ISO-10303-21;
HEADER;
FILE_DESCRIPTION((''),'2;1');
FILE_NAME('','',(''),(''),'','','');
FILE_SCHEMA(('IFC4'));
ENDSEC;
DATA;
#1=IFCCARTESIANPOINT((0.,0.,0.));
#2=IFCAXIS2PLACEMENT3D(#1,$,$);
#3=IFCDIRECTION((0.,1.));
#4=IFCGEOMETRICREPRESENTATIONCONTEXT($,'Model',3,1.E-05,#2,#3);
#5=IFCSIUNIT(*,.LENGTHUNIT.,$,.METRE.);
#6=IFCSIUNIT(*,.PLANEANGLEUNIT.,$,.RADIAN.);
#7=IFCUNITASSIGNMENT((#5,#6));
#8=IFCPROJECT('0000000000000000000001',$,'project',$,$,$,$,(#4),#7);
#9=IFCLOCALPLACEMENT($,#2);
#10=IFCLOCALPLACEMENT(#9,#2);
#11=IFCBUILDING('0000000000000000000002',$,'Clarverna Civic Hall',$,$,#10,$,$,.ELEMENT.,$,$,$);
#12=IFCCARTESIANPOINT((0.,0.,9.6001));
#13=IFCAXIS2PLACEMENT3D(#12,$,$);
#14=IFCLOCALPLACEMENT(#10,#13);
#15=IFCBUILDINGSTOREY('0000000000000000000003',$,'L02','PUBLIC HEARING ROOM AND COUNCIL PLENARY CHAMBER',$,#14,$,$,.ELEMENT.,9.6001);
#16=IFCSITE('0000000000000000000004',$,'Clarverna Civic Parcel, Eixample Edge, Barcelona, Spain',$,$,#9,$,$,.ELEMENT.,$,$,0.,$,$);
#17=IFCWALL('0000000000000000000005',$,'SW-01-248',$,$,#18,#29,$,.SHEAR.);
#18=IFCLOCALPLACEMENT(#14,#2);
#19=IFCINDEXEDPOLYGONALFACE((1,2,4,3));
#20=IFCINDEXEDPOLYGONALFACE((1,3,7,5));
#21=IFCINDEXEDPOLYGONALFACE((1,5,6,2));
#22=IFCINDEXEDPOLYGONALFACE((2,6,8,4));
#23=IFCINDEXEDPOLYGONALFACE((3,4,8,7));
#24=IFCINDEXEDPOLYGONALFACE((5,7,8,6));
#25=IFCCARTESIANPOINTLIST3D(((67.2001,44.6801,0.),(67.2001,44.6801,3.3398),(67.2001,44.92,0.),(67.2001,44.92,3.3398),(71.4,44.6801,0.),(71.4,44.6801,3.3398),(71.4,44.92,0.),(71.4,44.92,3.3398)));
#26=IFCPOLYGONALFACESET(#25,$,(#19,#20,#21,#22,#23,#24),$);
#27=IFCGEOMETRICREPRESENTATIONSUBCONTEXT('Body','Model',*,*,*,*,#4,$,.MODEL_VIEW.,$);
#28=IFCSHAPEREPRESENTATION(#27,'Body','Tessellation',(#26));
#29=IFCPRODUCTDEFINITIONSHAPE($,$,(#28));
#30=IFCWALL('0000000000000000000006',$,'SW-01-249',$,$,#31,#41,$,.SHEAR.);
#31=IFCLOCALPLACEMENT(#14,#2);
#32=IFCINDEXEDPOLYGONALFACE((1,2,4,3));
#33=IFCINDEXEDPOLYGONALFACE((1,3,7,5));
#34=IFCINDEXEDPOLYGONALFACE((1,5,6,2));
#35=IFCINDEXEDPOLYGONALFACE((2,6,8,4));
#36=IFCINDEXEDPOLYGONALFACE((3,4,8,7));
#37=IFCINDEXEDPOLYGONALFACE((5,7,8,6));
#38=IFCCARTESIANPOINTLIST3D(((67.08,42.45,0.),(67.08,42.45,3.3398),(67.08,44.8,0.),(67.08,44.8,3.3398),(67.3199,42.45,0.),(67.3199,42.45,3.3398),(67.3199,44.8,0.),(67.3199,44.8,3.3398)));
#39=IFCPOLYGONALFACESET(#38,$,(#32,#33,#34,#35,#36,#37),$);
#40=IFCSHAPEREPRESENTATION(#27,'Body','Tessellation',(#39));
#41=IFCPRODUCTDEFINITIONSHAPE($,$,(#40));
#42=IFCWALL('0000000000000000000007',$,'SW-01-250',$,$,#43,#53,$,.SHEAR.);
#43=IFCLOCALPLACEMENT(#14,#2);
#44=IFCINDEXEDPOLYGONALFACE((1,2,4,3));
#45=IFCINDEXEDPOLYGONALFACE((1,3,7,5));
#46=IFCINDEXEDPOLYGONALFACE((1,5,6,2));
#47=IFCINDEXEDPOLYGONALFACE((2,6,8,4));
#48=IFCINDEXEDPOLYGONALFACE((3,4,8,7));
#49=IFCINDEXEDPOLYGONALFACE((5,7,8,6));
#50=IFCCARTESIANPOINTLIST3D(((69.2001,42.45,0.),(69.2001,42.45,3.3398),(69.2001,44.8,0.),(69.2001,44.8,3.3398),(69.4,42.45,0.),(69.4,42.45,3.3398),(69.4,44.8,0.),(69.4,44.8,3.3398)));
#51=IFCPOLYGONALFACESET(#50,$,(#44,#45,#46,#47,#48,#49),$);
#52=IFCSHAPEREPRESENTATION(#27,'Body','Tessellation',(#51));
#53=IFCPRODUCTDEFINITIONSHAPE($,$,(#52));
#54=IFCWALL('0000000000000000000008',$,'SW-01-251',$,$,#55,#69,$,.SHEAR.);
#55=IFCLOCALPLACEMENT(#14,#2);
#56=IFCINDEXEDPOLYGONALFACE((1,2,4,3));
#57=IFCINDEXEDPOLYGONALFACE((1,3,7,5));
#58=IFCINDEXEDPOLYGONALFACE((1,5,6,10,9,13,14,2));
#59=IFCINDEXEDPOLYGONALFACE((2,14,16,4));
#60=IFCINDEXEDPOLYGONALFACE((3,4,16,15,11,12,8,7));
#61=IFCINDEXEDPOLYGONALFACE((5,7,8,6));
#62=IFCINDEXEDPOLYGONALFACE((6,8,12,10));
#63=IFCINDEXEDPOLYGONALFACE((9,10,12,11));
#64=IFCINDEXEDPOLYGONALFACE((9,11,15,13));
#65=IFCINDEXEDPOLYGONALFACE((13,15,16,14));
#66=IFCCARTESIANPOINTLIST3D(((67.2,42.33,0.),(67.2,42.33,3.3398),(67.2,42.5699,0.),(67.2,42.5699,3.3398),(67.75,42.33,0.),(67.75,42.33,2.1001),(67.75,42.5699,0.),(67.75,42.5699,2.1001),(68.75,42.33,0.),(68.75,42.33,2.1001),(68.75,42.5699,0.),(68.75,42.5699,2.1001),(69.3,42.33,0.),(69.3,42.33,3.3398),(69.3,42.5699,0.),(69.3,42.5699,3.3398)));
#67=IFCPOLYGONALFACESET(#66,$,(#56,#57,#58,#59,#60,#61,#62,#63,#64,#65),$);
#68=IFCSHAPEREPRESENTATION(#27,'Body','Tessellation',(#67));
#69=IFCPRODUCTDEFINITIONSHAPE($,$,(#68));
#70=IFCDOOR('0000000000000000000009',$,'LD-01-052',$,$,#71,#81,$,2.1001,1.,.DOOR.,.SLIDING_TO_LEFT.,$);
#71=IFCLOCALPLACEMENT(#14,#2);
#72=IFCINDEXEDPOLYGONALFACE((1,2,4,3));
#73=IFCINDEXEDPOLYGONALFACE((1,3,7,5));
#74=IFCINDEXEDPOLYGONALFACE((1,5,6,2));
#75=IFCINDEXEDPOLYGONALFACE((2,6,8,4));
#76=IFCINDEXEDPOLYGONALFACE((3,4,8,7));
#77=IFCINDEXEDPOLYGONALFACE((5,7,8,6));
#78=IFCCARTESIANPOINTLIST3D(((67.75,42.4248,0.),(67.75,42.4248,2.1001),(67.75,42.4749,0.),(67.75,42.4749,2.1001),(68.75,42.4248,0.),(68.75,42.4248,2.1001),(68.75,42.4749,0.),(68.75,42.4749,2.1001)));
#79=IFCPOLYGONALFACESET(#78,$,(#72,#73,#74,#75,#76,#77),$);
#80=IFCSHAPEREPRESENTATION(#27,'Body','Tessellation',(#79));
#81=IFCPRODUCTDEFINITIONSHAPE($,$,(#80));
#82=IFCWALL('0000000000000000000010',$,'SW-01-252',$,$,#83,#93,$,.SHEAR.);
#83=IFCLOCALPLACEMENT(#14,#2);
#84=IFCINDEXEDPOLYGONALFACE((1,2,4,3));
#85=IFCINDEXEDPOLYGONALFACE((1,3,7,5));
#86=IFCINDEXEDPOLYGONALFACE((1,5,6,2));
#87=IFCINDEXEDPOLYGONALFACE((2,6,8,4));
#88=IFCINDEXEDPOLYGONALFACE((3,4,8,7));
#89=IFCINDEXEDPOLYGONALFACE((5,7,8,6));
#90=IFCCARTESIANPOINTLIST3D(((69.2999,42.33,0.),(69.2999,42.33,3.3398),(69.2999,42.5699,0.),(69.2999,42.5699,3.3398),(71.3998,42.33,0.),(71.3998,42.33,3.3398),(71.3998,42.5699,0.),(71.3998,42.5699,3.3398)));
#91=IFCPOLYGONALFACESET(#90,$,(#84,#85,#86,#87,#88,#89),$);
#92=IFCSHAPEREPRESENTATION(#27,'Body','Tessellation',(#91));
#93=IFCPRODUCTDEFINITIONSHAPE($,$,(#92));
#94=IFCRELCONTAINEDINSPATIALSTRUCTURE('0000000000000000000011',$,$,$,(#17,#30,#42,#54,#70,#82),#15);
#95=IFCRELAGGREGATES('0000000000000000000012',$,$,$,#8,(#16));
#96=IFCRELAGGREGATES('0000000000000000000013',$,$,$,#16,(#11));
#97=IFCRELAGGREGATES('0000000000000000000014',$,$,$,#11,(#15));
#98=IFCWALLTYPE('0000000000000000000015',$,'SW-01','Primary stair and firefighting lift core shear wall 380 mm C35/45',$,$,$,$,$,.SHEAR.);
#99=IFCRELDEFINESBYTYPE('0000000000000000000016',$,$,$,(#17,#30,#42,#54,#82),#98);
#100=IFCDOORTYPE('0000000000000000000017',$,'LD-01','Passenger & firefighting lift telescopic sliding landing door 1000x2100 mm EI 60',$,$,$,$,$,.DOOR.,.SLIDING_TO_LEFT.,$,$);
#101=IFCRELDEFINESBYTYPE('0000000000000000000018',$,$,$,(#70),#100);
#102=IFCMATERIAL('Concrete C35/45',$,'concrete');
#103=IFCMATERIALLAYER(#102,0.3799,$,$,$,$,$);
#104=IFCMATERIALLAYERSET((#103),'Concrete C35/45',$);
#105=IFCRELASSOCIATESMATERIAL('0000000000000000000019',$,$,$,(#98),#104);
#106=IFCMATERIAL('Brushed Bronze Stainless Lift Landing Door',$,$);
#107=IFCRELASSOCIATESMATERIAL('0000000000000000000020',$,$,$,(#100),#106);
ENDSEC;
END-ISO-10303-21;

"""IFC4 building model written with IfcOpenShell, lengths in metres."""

from ifc_helpers import new_model, si_unit, direction, frame, frame_2d, origin, place, context, subcontext, project, spatial, rectangle, extrude, material, layer, layer_set, type_object, element, fill, save


model = new_model("IFC4")

# Units and contexts
model_context = context("Model", 3, precision=1e-05, world=origin(), true_north=direction((0.0, 1.0)))
body_context = subcontext(model_context, "Body", "Model", "MODEL_VIEW")
ifc_project = project(units=[si_unit("LENGTHUNIT", "METRE"), si_unit("PLANEANGLEUNIT", "RADIAN")], contexts=[model_context])

# Site, building, storey
site_placement = place(None, origin())
site = spatial("IfcSite", under=ifc_project, at=site_placement, Name="Clarverna Civic Parcel, Eixample Edge, Barcelona, Spain", CompositionType="ELEMENT", RefElevation=0.0)
building_placement = place(site_placement, origin())
building = spatial("IfcBuilding", under=site, at=building_placement, Name="Clarverna Civic Hall", CompositionType="ELEMENT")
storey_placement = place(building_placement, frame((0.0, 0.0, 9.6001)))
storey = spatial("IfcBuildingStorey", under=building, at=storey_placement, Name="L02", Description="PUBLIC HEARING ROOM AND COUNCIL PLENARY CHAMBER", CompositionType="ELEMENT", Elevation=9.6001)

# Shared definitions
ifc_material_1 = material(Name="Concrete C35/45", Category="concrete")

# Shared definitions
ifc_layer_1 = layer(ifc_material_1, 0.3799)
ifc_layer_set_1 = layer_set([ifc_layer_1], Name="Concrete C35/45")
wall_type_1 = type_object("IfcWallType", Name="SW-01", Description="Primary stair and firefighting lift core shear wall 380 mm C35/45", PredefinedType="SHEAR", material=ifc_layer_set_1)

# Walls
wall_1_placement = place(storey_placement, frame((67.2, 44.8, 0.0), z_axis=(0.0, 0.0, 1.0), x_axis=(1.0, 0.0, 0.0)))
element("IfcWall", 1, at=wall_1_placement, inside=storey, type_object=wall_type_1, Name="SW-01-248", PredefinedType="SHEAR", context=body_context, shape_type="SweptSolid", body=[
    extrude(rectangle(XDim=4.2, YDim=0.24, at=frame_2d((2.1001, 0.0))), origin(), (0.0, 0.0, 1.0), 3.3398),
])
wall_2_placement = place(storey_placement, frame((67.2, 42.45, 0.0), z_axis=(0.0, 0.0, 1.0), x_axis=(0.0, 1.0, 0.0)))
element("IfcWall", 2, at=wall_2_placement, inside=storey, type_object=wall_type_1, Name="SW-01-249", PredefinedType="SHEAR", context=body_context, shape_type="SweptSolid", body=[
    extrude(rectangle(XDim=2.3501, YDim=0.24, at=frame_2d((1.175, 0.0))), origin(), (0.0, 0.0, 1.0), 3.3398),
])
wall_3_placement = place(storey_placement, frame((69.3, 42.45, 0.0), z_axis=(0.0, 0.0, 1.0), x_axis=(0.0, 1.0, 0.0)))
element("IfcWall", 3, at=wall_3_placement, inside=storey, type_object=wall_type_1, Name="SW-01-250", PredefinedType="SHEAR", context=body_context, shape_type="SweptSolid", body=[
    extrude(rectangle(XDim=2.3501, YDim=0.2, at=frame_2d((1.175, 0.0))), origin(), (0.0, 0.0, 1.0), 3.3398),
])

# Wall, opening, door
wall_4_placement = place(storey_placement, frame((67.2, 42.45, 0.0), z_axis=(0.0, 0.0, 1.0), x_axis=(1.0, 0.0, 0.0)))
wall_4 = element("IfcWall", 4, at=wall_4_placement, inside=storey, type_object=wall_type_1, Name="SW-01-251", PredefinedType="SHEAR", context=body_context, shape_type="SweptSolid", body=[
    extrude(rectangle(XDim=2.1001, YDim=0.24, at=frame_2d((1.05, 0.0))), origin(), (0.0, 0.0, 1.0), 3.3398),
])
opening_1_placement = place(wall_4_placement, frame((0.55, 0.0, 0.0)))
opening_1 = element("IfcOpeningElement", 5, at=opening_1_placement, cuts=wall_4, PredefinedType="OPENING", context=body_context, shape_type="SweptSolid", body=[
    extrude(rectangle(XDim=1.0, YDim=2.1001, at=frame_2d((0.5, 1.05))), frame((0.0, 0.1299, 0.0), z_axis=(0.0, -1.0, 0.0), x_axis=(1.0, 0.0, 0.0)), (0.0, 0.0, 1.0), 0.26),
])
ifc_material_2 = material(Name="Brushed Bronze Stainless Lift Landing Door")
door_type_1 = type_object("IfcDoorType", Name="LD-01", Description="Passenger & firefighting lift telescopic sliding landing door 1000x2100 mm EI 60", OperationType="SLIDING_TO_LEFT", PredefinedType="DOOR", material=ifc_material_2)
door_1_placement = place(opening_1_placement, origin())
door_1 = element("IfcDoor", 6, at=door_1_placement, inside=storey, type_object=door_type_1, Name="LD-01-052", OperationType="SLIDING_TO_LEFT", OverallHeight=2.1001, OverallWidth=1.0, PredefinedType="DOOR", context=body_context, shape_type="SweptSolid", body=[
    extrude(rectangle(XDim=1.0, YDim=2.1001, at=frame_2d((0.5, 1.05))), frame((0.0, 0.0249, 0.0), z_axis=(0.0, -1.0, 0.0), x_axis=(1.0, 0.0, 0.0)), (0.0, 0.0, 1.0), 0.05),
])
fill(opening_1, door_1)

# Wall
wall_5_placement = place(storey_placement, frame((69.3, 42.45, 0.0), z_axis=(0.0, 0.0, 1.0), x_axis=(1.0, 0.0, 0.0)))
element("IfcWall", 7, at=wall_5_placement, inside=storey, type_object=wall_type_1, Name="SW-01-252", PredefinedType="SHEAR", context=body_context, shape_type="SweptSolid", body=[
    extrude(rectangle(XDim=2.0999, YDim=0.24, at=frame_2d((1.0498, 0.0))), origin(), (0.0, 0.0, 1.0), 3.3398),
])

save(model, "model.ifc")
